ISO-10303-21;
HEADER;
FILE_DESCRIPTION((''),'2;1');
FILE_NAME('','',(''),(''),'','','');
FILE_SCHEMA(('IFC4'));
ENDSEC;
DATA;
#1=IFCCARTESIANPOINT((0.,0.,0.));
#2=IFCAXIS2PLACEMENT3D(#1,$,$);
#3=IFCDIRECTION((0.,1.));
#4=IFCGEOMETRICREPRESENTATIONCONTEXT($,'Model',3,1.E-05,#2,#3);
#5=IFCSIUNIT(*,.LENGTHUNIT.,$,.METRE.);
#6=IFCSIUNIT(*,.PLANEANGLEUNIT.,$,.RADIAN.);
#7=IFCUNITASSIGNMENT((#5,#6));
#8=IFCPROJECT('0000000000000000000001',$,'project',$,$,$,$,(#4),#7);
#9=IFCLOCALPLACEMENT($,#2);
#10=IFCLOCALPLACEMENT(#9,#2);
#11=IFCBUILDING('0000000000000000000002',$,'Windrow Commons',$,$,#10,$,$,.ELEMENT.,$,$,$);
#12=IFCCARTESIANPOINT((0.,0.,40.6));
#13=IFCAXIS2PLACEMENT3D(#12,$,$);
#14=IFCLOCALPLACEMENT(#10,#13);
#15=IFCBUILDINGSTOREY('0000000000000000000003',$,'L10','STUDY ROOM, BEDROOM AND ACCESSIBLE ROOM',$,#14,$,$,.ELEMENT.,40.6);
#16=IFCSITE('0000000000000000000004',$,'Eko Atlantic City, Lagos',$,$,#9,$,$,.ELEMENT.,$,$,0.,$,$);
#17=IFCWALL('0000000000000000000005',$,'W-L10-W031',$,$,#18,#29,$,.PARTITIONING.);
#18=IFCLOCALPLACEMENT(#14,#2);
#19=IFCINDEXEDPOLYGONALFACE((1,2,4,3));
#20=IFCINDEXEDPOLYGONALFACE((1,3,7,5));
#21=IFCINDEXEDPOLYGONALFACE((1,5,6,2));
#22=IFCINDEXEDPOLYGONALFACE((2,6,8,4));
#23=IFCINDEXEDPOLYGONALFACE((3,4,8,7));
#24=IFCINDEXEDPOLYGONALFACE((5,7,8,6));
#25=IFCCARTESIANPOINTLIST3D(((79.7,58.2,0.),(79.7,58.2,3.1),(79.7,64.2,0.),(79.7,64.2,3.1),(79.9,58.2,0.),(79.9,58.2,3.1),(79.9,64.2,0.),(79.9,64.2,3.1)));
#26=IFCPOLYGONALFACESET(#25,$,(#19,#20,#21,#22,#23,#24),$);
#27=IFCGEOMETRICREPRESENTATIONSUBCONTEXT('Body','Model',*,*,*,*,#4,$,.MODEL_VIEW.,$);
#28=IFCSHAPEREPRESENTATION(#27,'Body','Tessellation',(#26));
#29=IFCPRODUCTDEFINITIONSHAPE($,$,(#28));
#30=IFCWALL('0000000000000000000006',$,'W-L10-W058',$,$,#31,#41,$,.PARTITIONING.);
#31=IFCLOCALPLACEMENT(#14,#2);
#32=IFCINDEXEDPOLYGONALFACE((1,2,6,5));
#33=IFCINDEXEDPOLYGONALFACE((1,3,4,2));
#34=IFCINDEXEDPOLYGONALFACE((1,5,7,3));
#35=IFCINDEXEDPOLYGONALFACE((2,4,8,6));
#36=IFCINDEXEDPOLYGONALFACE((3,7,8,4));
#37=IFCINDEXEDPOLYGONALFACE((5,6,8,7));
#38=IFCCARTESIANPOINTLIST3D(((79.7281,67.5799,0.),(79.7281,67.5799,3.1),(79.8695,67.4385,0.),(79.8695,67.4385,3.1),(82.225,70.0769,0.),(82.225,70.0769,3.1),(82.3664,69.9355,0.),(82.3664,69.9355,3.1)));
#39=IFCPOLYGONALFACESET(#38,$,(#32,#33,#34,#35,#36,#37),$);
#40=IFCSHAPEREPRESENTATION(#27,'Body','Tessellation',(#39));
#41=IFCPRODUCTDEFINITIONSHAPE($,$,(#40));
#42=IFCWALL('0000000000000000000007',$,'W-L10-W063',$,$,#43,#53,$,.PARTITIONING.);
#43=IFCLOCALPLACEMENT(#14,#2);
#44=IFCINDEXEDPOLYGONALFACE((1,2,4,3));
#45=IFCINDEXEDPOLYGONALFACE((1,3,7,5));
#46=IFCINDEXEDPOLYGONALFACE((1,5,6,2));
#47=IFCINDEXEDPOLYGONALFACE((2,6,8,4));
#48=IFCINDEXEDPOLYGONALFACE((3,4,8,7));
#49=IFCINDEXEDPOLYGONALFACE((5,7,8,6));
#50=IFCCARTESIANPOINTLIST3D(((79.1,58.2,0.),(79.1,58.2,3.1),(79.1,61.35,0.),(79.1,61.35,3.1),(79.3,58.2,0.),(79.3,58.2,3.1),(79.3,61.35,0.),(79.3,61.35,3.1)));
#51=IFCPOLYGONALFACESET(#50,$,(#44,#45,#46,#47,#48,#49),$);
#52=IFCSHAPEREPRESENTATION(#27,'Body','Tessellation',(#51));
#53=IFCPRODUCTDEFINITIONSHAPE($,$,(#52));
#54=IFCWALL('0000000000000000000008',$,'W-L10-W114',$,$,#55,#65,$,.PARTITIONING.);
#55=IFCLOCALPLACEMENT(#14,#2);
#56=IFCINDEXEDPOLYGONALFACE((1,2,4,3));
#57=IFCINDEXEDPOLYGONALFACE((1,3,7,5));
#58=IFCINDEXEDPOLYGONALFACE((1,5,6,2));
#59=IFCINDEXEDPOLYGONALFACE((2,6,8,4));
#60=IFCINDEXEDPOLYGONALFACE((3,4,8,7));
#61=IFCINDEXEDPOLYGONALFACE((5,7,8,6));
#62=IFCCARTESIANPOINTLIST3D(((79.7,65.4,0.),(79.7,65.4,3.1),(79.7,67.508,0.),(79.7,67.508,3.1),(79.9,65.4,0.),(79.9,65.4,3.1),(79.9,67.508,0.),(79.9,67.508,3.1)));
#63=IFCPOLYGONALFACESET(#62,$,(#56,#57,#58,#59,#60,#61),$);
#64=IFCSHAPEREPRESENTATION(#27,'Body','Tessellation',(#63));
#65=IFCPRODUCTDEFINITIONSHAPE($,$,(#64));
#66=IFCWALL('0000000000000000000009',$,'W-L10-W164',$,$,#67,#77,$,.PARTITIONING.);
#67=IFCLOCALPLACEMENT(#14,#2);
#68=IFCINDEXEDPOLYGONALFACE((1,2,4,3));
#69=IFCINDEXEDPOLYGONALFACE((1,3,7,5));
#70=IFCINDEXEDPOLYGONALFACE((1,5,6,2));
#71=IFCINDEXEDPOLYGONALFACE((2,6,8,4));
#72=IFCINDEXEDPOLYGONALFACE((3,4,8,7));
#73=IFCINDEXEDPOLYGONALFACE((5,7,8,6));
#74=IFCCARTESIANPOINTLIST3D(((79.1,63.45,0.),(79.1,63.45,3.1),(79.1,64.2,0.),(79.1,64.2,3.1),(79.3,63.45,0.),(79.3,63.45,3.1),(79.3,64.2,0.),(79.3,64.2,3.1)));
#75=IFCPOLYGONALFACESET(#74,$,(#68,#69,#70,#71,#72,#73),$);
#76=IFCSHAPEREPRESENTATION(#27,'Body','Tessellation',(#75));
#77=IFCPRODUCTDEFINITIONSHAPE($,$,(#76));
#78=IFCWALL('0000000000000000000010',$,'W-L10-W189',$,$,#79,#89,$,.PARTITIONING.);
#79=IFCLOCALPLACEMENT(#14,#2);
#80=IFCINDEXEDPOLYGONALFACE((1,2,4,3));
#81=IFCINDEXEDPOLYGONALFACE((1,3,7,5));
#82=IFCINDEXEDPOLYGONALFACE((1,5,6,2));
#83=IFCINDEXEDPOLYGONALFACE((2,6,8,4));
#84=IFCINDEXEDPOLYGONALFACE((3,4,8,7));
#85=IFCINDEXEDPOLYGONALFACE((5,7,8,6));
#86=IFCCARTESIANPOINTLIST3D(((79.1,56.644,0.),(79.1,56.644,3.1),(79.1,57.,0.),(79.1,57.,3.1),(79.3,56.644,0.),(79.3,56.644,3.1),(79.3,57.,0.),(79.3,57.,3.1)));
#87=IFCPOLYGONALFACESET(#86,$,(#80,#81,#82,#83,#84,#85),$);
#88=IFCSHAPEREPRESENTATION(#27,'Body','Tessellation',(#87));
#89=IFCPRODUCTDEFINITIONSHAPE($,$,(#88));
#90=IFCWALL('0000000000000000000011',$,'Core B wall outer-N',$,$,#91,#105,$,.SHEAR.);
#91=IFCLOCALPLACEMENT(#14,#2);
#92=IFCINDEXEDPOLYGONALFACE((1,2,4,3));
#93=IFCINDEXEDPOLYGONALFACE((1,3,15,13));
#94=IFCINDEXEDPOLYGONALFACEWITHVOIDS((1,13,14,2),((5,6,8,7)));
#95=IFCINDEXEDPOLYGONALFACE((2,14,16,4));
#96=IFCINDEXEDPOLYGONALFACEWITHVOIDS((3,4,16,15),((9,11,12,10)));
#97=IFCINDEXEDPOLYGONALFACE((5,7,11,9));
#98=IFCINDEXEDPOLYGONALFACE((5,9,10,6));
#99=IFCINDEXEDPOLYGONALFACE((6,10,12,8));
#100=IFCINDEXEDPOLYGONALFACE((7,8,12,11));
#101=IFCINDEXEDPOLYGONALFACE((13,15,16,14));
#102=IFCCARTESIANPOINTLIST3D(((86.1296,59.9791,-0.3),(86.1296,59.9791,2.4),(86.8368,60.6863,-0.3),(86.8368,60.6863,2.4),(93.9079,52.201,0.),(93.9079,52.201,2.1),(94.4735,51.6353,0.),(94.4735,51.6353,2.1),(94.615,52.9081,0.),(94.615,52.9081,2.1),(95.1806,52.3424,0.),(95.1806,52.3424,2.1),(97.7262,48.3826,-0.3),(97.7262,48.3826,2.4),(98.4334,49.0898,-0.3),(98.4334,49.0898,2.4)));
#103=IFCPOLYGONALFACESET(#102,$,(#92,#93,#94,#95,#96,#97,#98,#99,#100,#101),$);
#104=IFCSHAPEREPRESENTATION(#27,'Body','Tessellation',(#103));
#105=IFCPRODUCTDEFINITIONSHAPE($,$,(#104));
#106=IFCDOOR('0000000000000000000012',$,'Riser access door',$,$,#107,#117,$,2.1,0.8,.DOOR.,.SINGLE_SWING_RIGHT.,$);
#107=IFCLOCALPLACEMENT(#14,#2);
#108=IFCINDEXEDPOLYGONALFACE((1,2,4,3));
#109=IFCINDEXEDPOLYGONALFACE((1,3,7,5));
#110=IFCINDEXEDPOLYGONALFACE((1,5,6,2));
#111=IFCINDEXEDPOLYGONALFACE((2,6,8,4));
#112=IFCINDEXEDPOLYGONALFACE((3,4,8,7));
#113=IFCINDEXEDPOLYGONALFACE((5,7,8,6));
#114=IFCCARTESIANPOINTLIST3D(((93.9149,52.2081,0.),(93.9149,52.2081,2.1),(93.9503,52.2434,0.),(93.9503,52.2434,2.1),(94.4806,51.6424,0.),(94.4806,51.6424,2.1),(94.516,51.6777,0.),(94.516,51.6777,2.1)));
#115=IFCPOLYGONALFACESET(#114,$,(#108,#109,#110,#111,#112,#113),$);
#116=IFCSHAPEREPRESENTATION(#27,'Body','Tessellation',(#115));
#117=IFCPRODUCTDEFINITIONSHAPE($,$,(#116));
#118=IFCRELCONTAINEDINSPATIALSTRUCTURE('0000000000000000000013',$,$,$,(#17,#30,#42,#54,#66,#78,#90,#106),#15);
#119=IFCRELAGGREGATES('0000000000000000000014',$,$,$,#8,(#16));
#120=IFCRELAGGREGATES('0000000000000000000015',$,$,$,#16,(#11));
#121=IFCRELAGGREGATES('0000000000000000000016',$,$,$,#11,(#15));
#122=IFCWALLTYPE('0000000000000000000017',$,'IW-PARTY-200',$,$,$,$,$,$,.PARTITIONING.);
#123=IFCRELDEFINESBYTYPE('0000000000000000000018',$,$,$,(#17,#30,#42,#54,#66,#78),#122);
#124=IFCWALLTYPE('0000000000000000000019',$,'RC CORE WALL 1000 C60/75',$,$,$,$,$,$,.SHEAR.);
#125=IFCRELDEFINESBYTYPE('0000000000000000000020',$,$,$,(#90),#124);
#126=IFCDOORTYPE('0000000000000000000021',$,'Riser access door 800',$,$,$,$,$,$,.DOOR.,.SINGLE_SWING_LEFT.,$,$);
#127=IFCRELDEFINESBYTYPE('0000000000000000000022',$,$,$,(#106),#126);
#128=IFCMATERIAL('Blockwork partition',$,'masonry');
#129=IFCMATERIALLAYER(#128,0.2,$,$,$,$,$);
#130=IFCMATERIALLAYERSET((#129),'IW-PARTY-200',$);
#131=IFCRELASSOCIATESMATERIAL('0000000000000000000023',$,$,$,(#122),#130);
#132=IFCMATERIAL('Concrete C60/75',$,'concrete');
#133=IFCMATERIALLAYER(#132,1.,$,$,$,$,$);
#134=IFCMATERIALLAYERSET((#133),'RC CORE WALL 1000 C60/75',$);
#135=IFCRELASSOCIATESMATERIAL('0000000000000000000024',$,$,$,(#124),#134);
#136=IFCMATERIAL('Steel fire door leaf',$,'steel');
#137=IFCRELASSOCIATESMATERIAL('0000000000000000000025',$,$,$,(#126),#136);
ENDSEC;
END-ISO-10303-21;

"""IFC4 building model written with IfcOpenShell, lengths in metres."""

from ifc_helpers import new_model, si_unit, direction, frame, frame_2d, origin, place, context, subcontext, project, spatial, rectangle, extrude, material, layer, layer_set, type_object, element, fill, save


model = new_model("IFC4")

# Units and contexts
model_context = context("Model", 3, precision=1e-05, world=origin(), true_north=direction((0.0, 1.0)))
body_context = subcontext(model_context, "Body", "Model", "MODEL_VIEW")
ifc_project = project(units=[si_unit("LENGTHUNIT", "METRE"), si_unit("PLANEANGLEUNIT", "RADIAN")], contexts=[model_context])

# Site, building, storey
site_placement = place(None, origin())
site = spatial("IfcSite", under=ifc_project, at=site_placement, Name="Eko Atlantic City, Lagos", CompositionType="ELEMENT", RefElevation=0.0)
building_placement = place(site_placement, origin())
building = spatial("IfcBuilding", under=site, at=building_placement, Name="Windrow Commons", CompositionType="ELEMENT")
storey_placement = place(building_placement, frame((0.0, 0.0, 40.6)))
storey = spatial("IfcBuildingStorey", under=building, at=storey_placement, Name="L10", Description="STUDY ROOM, BEDROOM AND ACCESSIBLE ROOM", CompositionType="ELEMENT", Elevation=40.6)

# Walls
ifc_material_1 = material(Name="Blockwork partition", Category="masonry")
ifc_layer_1 = layer(ifc_material_1, 0.2)
ifc_layer_set_1 = layer_set([ifc_layer_1], Name="IW-PARTY-200")
wall_type_1 = type_object("IfcWallType", Name="IW-PARTY-200", PredefinedType="PARTITIONING", material=ifc_layer_set_1)
for number, where, z_axis, x_axis, name in (
    (1, (79.8, 58.2, 0.0), (0.0, 0.0, 1.0), (0.0, 1.0, 0.0), "W-L10-W031"),
):
    element("IfcWall", number, at=place(storey_placement, frame(where, z_axis=z_axis, x_axis=x_axis)), inside=storey, type_object=wall_type_1, Name=name, PredefinedType="PARTITIONING", context=body_context, shape_type="SweptSolid", body=[
        extrude(rectangle(XDim=6.0, YDim=0.2, at=frame_2d((3.0, 0.0))), origin(), (0.0, 0.0, 1.0), 3.1),
    ])
wall_1_placement = place(storey_placement, frame((79.7988, 67.5092, 0.0), z_axis=(0.0, 0.0, 1.0), x_axis=(0.707093, 0.707121, 0.0)))
element("IfcWall", 2, at=wall_1_placement, inside=storey, type_object=wall_type_1, Name="W-L10-W058", PredefinedType="PARTITIONING", context=body_context, shape_type="SweptSolid", body=[
    extrude(rectangle(XDim=3.5312, YDim=0.2, at=frame_2d((1.7656, 0.0))), origin(), (0.0, 0.0, 1.0), 3.1),
])
wall_2_placement = place(storey_placement, frame((79.2, 58.2, 0.0), z_axis=(0.0, 0.0, 1.0), x_axis=(0.0, 1.0, 0.0)))
element("IfcWall", 3, at=wall_2_placement, inside=storey, type_object=wall_type_1, Name="W-L10-W063", PredefinedType="PARTITIONING", context=body_context, shape_type="SweptSolid", body=[
    extrude(rectangle(XDim=3.15, YDim=0.2, at=frame_2d((1.575, 0.0))), origin(), (0.0, 0.0, 1.0), 3.1),
])
wall_3_placement = place(storey_placement, frame((79.8, 65.4, 0.0), z_axis=(0.0, 0.0, 1.0), x_axis=(0.0, 1.0, 0.0)))
element("IfcWall", 4, at=wall_3_placement, inside=storey, type_object=wall_type_1, Name="W-L10-W114", PredefinedType="PARTITIONING", context=body_context, shape_type="SweptSolid", body=[
    extrude(rectangle(XDim=2.108, YDim=0.2, at=frame_2d((1.054, 0.0))), origin(), (0.0, 0.0, 1.0), 3.1),
])
wall_4_placement = place(storey_placement, frame((79.2, 63.45, 0.0), z_axis=(0.0, 0.0, 1.0), x_axis=(0.0, 1.0, 0.0)))
element("IfcWall", 5, at=wall_4_placement, inside=storey, type_object=wall_type_1, Name="W-L10-W164", PredefinedType="PARTITIONING", context=body_context, shape_type="SweptSolid", body=[
    extrude(rectangle(XDim=0.75, YDim=0.2, at=frame_2d((0.375, 0.0))), origin(), (0.0, 0.0, 1.0), 3.1),
])
wall_5_placement = place(storey_placement, frame((79.2, 56.644, 0.0), z_axis=(0.0, 0.0, 1.0), x_axis=(0.0, 1.0, 0.0)))
element("IfcWall", 6, at=wall_5_placement, inside=storey, type_object=wall_type_1, Name="W-L10-W189", PredefinedType="PARTITIONING", context=body_context, shape_type="SweptSolid", body=[
    extrude(rectangle(XDim=0.356, YDim=0.2, at=frame_2d((0.178, 0.0))), origin(), (0.0, 0.0, 1.0), 3.1),
])

# Wall, opening, door
ifc_material_2 = material(Name="Concrete C60/75", Category="concrete")
ifc_layer_2 = layer(ifc_material_2, 1.0)
ifc_layer_set_2 = layer_set([ifc_layer_2], Name="RC CORE WALL 1000 C60/75")
wall_type_2 = type_object("IfcWallType", Name="RC CORE WALL 1000 C60/75", PredefinedType="SHEAR", material=ifc_layer_set_2)
wall_6_placement = place(storey_placement, frame((86.4832, 60.3327, -0.3), z_axis=(0.0, 0.0, 1.0), x_axis=(0.70711, -0.707104, 0.0)))
wall_6 = element("IfcWall", 7, at=wall_6_placement, inside=storey, type_object=wall_type_2, Name="Core B wall outer-N", PredefinedType="SHEAR", context=body_context, shape_type="SweptSolid", body=[
    extrude(rectangle(XDim=16.4, YDim=1.0, at=frame_2d((8.2, 0.0))), origin(), (0.0, 0.0, 1.0), 2.7),
])
opening_1_placement = place(wall_6_placement, frame((11.0, 0.0, 0.3)))
opening_1 = element("IfcOpeningElement", 8, at=opening_1_placement, cuts=wall_6, PredefinedType="OPENING", context=body_context, shape_type="SweptSolid", body=[
    extrude(rectangle(XDim=0.8, YDim=2.1, at=frame_2d((0.4, 1.05))), frame((0.0, 0.51, 0.0), z_axis=(0.0, -1.0, 0.0), x_axis=(1.0, 0.0, 0.0)), (0.0, 0.0, 1.0), 1.02),
])
ifc_material_3 = material(Name="Steel fire door leaf", Category="steel")
door_type_1 = type_object("IfcDoorType", Name="Riser access door 800", OperationType="SINGLE_SWING_LEFT", PredefinedType="DOOR", material=ifc_material_3)
door_1_placement = place(opening_1_placement, origin())
door_1 = element("IfcDoor", 9, at=door_1_placement, inside=storey, type_object=door_type_1, Name="Riser access door", OperationType="SINGLE_SWING_RIGHT", OverallHeight=2.1, OverallWidth=0.8, PredefinedType="DOOR", context=body_context, shape_type="SweptSolid", body=[
    extrude(rectangle(XDim=0.8, YDim=2.1, at=frame_2d((0.4, 1.05))), frame((0.0, -0.44, 0.0), z_axis=(0.0, -1.0, 0.0), x_axis=(1.0, 0.0, 0.0)), (0.0, 0.0, 1.0), 0.05),
])
fill(opening_1, door_1)

save(model, "model.ifc")
